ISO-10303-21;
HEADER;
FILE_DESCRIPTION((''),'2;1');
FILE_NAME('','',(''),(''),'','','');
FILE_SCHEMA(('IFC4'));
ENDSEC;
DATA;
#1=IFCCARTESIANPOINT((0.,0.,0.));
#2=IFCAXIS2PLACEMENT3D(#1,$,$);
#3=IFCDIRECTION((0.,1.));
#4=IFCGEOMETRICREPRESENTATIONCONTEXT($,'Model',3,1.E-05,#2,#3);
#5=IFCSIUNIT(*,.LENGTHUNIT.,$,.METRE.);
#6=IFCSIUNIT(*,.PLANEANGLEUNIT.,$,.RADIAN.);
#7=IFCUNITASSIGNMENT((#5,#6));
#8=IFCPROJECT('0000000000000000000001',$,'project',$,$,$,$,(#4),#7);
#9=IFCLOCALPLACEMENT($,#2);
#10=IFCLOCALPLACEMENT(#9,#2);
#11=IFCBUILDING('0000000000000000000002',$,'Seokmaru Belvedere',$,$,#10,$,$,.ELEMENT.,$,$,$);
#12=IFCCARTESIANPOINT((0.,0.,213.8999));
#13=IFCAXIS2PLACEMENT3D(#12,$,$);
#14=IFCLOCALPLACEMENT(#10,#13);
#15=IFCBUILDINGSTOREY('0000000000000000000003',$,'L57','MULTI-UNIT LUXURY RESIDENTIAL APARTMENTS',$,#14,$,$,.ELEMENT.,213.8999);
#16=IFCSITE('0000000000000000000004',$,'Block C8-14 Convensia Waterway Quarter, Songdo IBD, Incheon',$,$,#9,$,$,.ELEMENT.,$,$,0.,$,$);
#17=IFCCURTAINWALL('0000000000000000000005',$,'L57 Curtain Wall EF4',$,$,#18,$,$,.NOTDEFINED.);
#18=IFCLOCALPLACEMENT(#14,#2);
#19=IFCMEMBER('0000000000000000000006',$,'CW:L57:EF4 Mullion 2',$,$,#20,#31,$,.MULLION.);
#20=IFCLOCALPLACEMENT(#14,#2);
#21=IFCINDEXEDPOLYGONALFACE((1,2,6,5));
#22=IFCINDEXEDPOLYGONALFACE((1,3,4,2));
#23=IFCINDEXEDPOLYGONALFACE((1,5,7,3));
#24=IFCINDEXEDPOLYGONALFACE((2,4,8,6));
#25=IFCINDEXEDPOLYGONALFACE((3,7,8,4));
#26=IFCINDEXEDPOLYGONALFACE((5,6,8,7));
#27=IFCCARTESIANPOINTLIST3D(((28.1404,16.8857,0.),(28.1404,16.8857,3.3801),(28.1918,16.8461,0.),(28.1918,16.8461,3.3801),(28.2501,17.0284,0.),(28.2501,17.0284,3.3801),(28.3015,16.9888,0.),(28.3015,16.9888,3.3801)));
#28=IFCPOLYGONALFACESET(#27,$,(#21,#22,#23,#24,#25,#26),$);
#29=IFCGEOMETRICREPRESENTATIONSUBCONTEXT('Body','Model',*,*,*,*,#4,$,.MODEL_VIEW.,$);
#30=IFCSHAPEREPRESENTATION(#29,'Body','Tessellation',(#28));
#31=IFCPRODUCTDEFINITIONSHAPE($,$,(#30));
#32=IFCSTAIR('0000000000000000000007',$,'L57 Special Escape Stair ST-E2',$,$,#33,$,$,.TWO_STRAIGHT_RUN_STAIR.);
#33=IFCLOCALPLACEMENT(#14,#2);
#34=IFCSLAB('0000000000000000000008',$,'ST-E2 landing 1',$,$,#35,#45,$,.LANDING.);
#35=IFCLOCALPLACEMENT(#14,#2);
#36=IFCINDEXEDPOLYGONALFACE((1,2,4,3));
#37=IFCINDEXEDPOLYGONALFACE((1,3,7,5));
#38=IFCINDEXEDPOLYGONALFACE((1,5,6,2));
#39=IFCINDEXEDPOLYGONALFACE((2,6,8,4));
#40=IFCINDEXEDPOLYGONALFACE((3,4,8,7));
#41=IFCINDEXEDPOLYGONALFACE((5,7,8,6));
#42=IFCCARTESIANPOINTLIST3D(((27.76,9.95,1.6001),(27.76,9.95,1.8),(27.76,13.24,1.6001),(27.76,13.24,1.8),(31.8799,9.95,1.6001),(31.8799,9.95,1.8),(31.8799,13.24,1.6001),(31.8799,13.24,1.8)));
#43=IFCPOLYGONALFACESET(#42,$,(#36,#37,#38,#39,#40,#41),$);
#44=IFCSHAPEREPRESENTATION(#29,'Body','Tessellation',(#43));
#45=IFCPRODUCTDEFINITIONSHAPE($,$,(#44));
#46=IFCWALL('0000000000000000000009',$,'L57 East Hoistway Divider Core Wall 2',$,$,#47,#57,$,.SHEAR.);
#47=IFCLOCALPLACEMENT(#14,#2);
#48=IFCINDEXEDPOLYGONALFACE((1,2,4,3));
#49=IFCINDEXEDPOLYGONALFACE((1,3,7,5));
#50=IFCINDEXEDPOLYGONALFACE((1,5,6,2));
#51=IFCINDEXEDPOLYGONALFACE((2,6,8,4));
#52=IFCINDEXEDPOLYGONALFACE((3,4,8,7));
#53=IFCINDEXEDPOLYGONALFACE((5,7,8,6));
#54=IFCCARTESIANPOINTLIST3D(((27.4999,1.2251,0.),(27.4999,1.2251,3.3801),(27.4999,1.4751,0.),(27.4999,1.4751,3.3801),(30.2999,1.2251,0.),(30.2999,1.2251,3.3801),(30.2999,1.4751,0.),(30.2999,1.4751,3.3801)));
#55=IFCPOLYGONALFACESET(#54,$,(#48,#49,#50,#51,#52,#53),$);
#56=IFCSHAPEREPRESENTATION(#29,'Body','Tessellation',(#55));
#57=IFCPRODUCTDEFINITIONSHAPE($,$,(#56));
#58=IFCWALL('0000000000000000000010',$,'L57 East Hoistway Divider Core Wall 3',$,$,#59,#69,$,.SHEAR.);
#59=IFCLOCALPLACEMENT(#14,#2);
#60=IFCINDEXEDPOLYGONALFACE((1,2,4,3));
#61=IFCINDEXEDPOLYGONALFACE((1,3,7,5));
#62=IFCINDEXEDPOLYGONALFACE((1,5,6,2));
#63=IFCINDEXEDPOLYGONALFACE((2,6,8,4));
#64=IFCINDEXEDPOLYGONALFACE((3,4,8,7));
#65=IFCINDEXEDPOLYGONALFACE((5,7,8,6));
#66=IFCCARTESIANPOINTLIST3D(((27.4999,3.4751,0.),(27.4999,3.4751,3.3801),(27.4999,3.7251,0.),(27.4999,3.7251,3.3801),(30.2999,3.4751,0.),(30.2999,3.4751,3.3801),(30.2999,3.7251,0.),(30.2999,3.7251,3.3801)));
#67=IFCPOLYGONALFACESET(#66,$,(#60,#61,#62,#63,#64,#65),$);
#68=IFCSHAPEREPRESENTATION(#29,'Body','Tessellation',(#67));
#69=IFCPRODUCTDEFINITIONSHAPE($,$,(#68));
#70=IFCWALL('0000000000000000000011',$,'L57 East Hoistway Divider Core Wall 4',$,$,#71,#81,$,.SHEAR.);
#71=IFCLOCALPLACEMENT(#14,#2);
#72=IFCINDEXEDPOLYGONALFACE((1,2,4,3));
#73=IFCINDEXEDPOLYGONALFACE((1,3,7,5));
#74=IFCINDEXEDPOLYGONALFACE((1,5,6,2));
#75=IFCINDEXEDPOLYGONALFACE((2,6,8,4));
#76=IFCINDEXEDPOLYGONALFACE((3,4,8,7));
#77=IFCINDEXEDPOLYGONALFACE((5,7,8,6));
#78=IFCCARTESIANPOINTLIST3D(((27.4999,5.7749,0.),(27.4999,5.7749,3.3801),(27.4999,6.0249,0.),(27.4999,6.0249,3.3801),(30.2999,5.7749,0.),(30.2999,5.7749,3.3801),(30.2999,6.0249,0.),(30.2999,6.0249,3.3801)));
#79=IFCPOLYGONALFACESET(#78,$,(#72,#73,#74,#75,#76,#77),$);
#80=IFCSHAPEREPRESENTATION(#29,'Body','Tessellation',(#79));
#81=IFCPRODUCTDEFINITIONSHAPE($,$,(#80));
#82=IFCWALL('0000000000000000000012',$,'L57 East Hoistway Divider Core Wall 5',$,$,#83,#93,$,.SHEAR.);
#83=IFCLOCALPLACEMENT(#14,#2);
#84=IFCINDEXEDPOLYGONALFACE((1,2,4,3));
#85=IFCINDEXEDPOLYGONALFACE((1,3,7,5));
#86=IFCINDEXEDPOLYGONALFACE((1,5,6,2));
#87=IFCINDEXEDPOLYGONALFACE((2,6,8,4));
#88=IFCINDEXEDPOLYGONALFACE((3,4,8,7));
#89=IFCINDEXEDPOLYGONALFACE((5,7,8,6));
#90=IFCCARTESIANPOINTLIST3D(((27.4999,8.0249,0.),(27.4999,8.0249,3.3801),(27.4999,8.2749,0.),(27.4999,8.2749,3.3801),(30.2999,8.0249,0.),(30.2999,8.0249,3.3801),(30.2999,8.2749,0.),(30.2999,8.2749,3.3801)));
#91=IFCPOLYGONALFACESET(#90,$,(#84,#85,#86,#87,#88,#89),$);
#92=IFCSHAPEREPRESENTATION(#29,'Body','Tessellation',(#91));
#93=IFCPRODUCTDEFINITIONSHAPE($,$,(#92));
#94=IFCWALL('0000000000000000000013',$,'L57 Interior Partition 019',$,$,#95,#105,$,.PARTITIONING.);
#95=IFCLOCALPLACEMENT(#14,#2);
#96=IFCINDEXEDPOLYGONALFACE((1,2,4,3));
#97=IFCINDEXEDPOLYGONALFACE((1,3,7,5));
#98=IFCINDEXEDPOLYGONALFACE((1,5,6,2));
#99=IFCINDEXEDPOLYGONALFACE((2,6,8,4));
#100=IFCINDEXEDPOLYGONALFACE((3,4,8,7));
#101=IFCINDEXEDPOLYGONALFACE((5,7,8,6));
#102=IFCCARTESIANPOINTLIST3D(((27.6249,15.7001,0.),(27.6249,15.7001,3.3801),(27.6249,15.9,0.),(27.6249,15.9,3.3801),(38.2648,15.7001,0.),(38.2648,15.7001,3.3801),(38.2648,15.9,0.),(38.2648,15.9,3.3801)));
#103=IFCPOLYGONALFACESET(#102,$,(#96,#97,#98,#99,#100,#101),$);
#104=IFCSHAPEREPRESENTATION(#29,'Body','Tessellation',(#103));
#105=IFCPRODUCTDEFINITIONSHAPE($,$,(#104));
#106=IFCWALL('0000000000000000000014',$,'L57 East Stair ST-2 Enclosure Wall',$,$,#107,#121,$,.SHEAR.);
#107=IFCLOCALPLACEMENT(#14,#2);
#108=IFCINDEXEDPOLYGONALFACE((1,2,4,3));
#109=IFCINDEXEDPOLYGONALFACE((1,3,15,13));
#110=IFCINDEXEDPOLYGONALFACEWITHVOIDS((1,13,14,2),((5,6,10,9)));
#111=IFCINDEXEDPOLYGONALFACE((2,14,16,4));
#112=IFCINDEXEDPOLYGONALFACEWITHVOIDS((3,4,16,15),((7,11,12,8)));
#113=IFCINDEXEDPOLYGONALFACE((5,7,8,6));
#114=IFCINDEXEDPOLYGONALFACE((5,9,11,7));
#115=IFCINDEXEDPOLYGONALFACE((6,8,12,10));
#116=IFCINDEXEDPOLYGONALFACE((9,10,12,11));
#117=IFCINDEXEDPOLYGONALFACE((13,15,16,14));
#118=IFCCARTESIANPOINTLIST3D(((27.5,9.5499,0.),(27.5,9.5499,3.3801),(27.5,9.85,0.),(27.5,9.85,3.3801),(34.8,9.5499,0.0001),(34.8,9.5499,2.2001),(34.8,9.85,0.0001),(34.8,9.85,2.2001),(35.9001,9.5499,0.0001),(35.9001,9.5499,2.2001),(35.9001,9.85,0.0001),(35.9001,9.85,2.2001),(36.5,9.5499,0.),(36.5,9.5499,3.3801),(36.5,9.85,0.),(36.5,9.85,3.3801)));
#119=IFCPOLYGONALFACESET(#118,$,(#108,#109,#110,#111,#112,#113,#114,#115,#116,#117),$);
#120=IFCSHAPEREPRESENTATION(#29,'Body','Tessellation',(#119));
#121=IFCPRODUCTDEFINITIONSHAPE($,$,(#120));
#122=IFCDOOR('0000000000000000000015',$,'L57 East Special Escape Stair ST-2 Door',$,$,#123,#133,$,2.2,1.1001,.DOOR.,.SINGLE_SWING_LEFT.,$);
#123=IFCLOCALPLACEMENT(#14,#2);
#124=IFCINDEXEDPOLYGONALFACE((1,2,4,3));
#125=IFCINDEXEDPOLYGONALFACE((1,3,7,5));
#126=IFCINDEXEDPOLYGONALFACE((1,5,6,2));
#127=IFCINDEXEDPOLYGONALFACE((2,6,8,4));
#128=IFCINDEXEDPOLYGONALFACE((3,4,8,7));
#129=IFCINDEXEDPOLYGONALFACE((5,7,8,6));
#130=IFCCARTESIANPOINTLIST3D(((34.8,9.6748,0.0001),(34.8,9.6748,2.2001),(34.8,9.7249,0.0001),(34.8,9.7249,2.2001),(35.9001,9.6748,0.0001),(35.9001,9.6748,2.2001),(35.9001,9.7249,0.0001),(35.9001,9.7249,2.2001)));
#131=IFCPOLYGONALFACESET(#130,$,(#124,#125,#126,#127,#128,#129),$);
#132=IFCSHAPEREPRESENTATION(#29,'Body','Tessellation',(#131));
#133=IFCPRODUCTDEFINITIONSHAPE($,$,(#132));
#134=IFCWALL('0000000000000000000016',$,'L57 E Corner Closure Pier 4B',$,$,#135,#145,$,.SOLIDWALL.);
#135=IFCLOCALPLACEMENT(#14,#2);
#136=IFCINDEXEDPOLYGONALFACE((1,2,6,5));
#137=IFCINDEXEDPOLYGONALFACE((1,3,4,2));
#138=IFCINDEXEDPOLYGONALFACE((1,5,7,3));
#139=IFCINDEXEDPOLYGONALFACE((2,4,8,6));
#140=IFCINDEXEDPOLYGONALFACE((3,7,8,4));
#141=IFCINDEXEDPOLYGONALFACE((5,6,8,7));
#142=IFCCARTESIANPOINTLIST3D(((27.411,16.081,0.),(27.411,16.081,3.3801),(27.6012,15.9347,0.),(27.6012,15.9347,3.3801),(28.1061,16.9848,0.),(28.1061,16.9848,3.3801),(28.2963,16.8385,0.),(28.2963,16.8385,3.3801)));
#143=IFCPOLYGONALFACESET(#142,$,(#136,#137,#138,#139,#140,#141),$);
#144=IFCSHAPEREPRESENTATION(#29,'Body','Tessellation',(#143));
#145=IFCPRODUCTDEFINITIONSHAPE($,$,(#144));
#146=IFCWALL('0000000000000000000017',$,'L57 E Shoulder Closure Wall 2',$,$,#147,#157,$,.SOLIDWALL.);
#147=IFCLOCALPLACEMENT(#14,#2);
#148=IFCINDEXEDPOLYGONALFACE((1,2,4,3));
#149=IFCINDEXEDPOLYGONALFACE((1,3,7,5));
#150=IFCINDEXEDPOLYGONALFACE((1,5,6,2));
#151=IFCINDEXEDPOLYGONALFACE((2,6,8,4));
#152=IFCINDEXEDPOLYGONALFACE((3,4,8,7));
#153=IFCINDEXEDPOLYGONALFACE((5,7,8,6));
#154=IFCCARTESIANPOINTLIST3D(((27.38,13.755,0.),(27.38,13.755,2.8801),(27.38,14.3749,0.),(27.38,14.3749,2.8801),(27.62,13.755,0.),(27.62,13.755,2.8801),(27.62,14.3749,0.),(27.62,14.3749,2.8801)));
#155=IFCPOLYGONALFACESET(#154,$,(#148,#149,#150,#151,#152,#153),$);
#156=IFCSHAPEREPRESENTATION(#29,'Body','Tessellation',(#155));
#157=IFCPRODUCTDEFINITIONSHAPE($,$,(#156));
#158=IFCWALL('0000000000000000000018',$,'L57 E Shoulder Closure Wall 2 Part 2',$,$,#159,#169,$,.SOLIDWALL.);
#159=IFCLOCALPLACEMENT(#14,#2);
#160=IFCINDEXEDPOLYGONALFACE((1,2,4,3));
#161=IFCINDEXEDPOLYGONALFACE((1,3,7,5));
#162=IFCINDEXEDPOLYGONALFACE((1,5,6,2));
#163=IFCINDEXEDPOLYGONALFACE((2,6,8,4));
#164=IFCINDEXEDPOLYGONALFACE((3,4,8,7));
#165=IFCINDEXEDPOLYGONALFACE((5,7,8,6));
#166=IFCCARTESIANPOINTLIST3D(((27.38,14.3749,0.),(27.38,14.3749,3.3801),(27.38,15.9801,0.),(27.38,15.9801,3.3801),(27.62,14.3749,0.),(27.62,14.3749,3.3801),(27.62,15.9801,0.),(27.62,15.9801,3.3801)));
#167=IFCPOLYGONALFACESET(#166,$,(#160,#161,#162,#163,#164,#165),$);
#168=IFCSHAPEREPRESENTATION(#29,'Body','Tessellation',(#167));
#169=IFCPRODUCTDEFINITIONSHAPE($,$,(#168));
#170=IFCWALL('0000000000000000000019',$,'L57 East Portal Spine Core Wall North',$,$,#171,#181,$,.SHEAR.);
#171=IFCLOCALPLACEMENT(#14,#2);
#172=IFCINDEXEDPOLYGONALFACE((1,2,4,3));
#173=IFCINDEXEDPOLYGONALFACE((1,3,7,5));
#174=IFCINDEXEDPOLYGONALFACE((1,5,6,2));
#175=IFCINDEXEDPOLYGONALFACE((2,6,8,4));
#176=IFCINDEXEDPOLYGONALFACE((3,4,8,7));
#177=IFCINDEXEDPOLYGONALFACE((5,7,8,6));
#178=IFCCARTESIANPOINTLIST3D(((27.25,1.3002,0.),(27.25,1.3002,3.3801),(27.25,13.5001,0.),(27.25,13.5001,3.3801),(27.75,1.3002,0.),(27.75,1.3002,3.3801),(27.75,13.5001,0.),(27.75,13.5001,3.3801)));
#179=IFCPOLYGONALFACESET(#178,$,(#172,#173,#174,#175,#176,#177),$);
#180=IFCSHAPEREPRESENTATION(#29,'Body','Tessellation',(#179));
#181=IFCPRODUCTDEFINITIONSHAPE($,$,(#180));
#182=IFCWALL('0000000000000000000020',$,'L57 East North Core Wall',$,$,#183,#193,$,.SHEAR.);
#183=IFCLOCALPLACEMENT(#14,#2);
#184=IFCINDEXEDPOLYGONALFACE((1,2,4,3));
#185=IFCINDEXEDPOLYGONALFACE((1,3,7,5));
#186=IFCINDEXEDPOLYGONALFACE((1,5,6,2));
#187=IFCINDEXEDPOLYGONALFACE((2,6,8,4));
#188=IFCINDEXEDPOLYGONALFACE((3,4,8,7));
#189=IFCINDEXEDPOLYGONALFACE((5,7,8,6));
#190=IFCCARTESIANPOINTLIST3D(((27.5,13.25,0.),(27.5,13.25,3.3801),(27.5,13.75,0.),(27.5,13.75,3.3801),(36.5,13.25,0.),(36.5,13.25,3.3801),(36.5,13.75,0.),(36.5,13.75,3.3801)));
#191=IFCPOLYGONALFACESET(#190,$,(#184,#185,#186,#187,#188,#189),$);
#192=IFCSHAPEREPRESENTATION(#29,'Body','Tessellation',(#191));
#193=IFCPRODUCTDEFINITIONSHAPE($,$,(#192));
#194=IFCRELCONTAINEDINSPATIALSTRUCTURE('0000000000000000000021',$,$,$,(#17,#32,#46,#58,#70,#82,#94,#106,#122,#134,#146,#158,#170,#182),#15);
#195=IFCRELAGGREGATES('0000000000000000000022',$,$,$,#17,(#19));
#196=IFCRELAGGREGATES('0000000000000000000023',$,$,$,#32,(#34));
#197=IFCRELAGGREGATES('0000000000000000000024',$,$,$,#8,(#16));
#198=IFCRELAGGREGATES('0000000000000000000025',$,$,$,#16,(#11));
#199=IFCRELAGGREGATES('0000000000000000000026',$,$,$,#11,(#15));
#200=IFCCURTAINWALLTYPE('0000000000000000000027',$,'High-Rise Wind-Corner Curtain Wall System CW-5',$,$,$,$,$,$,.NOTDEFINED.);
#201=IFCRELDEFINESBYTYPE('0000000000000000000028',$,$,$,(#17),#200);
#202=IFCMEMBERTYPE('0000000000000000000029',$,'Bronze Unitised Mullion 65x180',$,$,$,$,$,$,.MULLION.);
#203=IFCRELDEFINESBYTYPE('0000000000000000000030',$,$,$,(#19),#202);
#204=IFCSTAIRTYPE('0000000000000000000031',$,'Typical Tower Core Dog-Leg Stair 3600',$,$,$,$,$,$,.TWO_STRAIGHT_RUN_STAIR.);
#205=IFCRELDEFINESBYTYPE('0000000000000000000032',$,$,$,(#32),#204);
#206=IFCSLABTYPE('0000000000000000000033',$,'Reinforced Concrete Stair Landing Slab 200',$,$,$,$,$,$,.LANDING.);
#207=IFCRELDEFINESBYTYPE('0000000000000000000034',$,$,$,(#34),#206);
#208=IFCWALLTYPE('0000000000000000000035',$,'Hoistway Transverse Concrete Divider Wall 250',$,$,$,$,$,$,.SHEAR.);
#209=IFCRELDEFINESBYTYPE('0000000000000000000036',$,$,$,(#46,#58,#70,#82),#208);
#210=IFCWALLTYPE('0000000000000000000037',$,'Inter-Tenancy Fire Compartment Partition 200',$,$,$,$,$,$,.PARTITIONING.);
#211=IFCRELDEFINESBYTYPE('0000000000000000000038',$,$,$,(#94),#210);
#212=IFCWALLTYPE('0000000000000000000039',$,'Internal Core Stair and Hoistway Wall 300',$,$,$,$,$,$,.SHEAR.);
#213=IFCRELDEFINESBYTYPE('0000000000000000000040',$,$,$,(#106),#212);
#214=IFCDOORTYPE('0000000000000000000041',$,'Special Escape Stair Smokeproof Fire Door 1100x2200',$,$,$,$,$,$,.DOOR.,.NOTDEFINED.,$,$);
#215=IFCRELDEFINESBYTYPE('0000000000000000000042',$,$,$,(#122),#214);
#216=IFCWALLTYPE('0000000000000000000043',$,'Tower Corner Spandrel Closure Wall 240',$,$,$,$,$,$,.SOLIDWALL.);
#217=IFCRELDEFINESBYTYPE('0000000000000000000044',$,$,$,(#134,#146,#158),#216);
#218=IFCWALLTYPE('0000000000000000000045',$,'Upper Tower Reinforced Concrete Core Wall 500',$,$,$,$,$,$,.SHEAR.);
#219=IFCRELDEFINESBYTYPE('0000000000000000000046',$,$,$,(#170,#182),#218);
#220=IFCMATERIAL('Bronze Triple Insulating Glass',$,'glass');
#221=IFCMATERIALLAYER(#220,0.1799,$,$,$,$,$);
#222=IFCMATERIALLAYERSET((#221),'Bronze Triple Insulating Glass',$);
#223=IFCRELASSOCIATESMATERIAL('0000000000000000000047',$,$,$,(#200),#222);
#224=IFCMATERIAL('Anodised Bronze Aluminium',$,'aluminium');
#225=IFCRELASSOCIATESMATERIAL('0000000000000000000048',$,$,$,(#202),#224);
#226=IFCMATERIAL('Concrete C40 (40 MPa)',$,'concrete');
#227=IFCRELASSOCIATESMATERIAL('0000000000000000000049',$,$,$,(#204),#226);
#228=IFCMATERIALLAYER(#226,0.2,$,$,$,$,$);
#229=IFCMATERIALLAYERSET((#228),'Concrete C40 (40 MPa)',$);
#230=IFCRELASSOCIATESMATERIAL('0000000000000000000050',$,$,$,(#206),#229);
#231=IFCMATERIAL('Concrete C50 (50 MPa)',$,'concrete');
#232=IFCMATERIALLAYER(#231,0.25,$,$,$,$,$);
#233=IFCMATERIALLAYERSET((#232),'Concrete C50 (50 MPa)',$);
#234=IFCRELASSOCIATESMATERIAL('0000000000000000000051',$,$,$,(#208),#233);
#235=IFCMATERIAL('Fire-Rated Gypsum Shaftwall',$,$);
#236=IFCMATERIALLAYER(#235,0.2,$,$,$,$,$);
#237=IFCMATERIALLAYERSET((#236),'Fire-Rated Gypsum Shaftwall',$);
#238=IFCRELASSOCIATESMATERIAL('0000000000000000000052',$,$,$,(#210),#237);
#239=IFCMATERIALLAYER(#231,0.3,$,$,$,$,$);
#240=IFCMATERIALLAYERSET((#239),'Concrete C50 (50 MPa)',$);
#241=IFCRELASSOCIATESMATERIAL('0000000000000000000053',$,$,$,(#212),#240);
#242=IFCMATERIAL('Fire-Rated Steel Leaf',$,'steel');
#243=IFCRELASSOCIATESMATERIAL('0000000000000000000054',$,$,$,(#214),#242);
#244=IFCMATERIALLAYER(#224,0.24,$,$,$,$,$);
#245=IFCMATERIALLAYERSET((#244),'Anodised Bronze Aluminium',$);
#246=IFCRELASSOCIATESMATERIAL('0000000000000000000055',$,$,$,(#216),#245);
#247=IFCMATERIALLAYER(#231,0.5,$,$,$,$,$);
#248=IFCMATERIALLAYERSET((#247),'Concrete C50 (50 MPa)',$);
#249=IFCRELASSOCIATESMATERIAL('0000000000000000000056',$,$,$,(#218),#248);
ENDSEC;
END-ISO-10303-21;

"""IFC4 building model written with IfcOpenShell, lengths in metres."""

from ifc_helpers import new_model, si_unit, direction, frame, frame_2d, origin, origin_2d, place, context, subcontext, project, spatial, polyline, rectangle, outline, extrude, source, transform, mapped, material, layer, layer_set, material_profile, profile_set, type_object, type_shapes, element, fill, aggregate, save


model = new_model("IFC4")

# Units and contexts
model_context = context("Model", 3, precision=1e-05, world=origin(), true_north=direction((0.0, 1.0)))
body_context = subcontext(model_context, "Body", "Model", "MODEL_VIEW")
ifc_project = project(units=[si_unit("LENGTHUNIT", "METRE"), si_unit("PLANEANGLEUNIT", "RADIAN")], contexts=[model_context])

# Site, building, storey
site_placement = place(None, origin())
site = spatial("IfcSite", under=ifc_project, at=site_placement, Name="Block C8-14 Convensia Waterway Quarter, Songdo IBD, Incheon", CompositionType="ELEMENT", RefElevation=0.0)
building_placement = place(site_placement, origin())
building = spatial("IfcBuilding", under=site, at=building_placement, Name="Seokmaru Belvedere", CompositionType="ELEMENT")
storey_placement = place(building_placement, frame((0.0, 0.0, 213.8999)))
storey = spatial("IfcBuildingStorey", under=building, at=storey_placement, Name="L57", Description="MULTI-UNIT LUXURY RESIDENTIAL APARTMENTS", CompositionType="ELEMENT", Elevation=213.8999)

# Curtain wall, member
ifc_material_1 = material(Name="Bronze Triple Insulating Glass", Category="glass")
ifc_layer_1 = layer(ifc_material_1, 0.1799)
ifc_layer_set_1 = layer_set([ifc_layer_1], Name="Bronze Triple Insulating Glass")
curtain_wall_type = type_object("IfcCurtainWallType", Name="High-Rise Wind-Corner Curtain Wall System CW-5", PredefinedType="NOTDEFINED", material=ifc_layer_set_1)
curtain_wall_placement = place(storey_placement, origin())
curtain_wall = element("IfcCurtainWall", 1, at=curtain_wall_placement, inside=storey, type_object=curtain_wall_type, Name="L57 Curtain Wall EF4", PredefinedType="NOTDEFINED")
ifc_material_2 = material(Name="Anodised Bronze Aluminium", Category="aluminium")
ifc_material_profile_1 = material_profile(ifc_material_2, rectangle(XDim=0.0649, YDim=0.1799, at=origin_2d()), Name="CW-M-65x180")
ifc_profile_set_1 = profile_set([ifc_material_profile_1], Name="Anodised Bronze Aluminium")
member_type = type_object("IfcMemberType", Name="Bronze Unitised Mullion 65x180", PredefinedType="MULLION", material=ifc_profile_set_1)
shared_shape_1 = source(origin(), body_context, "Body", "SweptSolid", [
    extrude(rectangle(XDim=0.0649, YDim=0.1799, at=origin_2d()), origin(), (0.0, 0.0, 1.0), 3.3801),
])
type_shapes(member_type, [shared_shape_1])
member_placement = place(storey_placement, frame((28.2209, 16.9373, 0.0), z_axis=(0.0, 0.0, 1.0), x_axis=(0.792631, -0.609701, 0.0)))
member = element("IfcMember", 2, at=member_placement, type_object=member_type, Name="CW:L57:EF4 Mullion 2", PredefinedType="MULLION", context=body_context, shape_type="MappedRepresentation", body=[
    mapped(shared_shape_1, transform((0.0, 0.0, 0.0), scale=1.0)),
])
aggregate(curtain_wall, [member])

# Stair, slab
ifc_material_3 = material(Name="Concrete C40 (40 MPa)", Category="concrete")
stair_type = type_object("IfcStairType", Name="Typical Tower Core Dog-Leg Stair 3600", PredefinedType="TWO_STRAIGHT_RUN_STAIR", material=ifc_material_3)
stair_placement = place(storey_placement, origin())
stair = element("IfcStair", 3, at=stair_placement, inside=storey, type_object=stair_type, Name="L57 Special Escape Stair ST-E2", PredefinedType="TWO_STRAIGHT_RUN_STAIR")
ifc_layer_2 = layer(ifc_material_3, 0.2)
ifc_layer_set_2 = layer_set([ifc_layer_2], Name="Concrete C40 (40 MPa)")
slab_type = type_object("IfcSlabType", Name="Reinforced Concrete Stair Landing Slab 200", PredefinedType="LANDING", material=ifc_layer_set_2)
slab_placement = place(storey_placement, frame((0.0, 0.0, 1.6001)))
slab = element("IfcSlab", 4, at=slab_placement, type_object=slab_type, Name="ST-E2 landing 1", PredefinedType="LANDING", context=body_context, shape_type="SweptSolid", body=[
    extrude(outline(polyline([(27.76, 9.95), (31.8799, 9.95), (31.8799, 13.24), (27.76, 13.24), (27.76, 9.95)])), origin(), (0.0, 0.0, 1.0), 0.2),
])
aggregate(stair, [slab])

# Walls
ifc_material_4 = material(Name="Concrete C50 (50 MPa)", Category="concrete")
ifc_layer_3 = layer(ifc_material_4, 0.25)
ifc_layer_set_3 = layer_set([ifc_layer_3], Name="Concrete C50 (50 MPa)")
wall_type_1 = type_object("IfcWallType", Name="Hoistway Transverse Concrete Divider Wall 250", PredefinedType="SHEAR", material=ifc_layer_set_3)
for number, where, z_axis, x_axis, name in (
    (5, (27.5, 1.3501, 0.0), (0.0, 0.0, 1.0), (1.0, 0.0, 0.0), "L57 East Hoistway Divider Core Wall 2"),
    (6, (27.5, 3.6001, 0.0), (0.0, 0.0, 1.0), (1.0, 0.0, 0.0), "L57 East Hoistway Divider Core Wall 3"),
    (7, (27.5, 5.8999, 0.0), (0.0, 0.0, 1.0), (1.0, 0.0, 0.0), "L57 East Hoistway Divider Core Wall 4"),
    (8, (27.5, 8.1499, 0.0), (0.0, 0.0, 1.0), (1.0, 0.0, 0.0), "L57 East Hoistway Divider Core Wall 5"),
):
    element("IfcWall", number, at=place(storey_placement, frame(where, z_axis=z_axis, x_axis=x_axis)), inside=storey, type_object=wall_type_1, Name=name, PredefinedType="SHEAR", context=body_context, shape_type="SweptSolid", body=[
        extrude(rectangle(XDim=2.8, YDim=0.25, at=frame_2d((1.3999, 0.0))), origin(), (0.0, 0.0, 1.0), 3.3801),
    ])
ifc_material_5 = material(Name="Fire-Rated Gypsum Shaftwall")
ifc_layer_4 = layer(ifc_material_5, 0.2)
ifc_layer_set_4 = layer_set([ifc_layer_4], Name="Fire-Rated Gypsum Shaftwall")
wall_type_2 = type_object("IfcWallType", Name="Inter-Tenancy Fire Compartment Partition 200", PredefinedType="PARTITIONING", material=ifc_layer_set_4)
wall_1_placement = place(storey_placement, frame((27.625, 15.8, 0.0), z_axis=(0.0, 0.0, 1.0), x_axis=(1.0, 0.0, 0.0)))
element("IfcWall", 9, at=wall_1_placement, inside=storey, type_object=wall_type_2, Name="L57 Interior Partition 019", PredefinedType="PARTITIONING", context=body_context, shape_type="SweptSolid", body=[
    extrude(rectangle(XDim=10.6399, YDim=0.2, at=frame_2d((5.3198, 0.0))), origin(), (0.0, 0.0, 1.0), 3.3801),
])

# Wall, opening, door
ifc_layer_5 = layer(ifc_material_4, 0.3)
ifc_layer_set_5 = layer_set([ifc_layer_5], Name="Concrete C50 (50 MPa)")
wall_type_3 = type_object("IfcWallType", Name="Internal Core Stair and Hoistway Wall 300", PredefinedType="SHEAR", material=ifc_layer_set_5)
wall_2_placement = place(storey_placement, frame((27.5, 9.7, 0.0), z_axis=(0.0, 0.0, 1.0), x_axis=(1.0, 0.0, 0.0)))
wall_2 = element("IfcWall", 10, at=wall_2_placement, inside=storey, type_object=wall_type_3, Name="L57 East Stair ST-2 Enclosure Wall", PredefinedType="SHEAR", context=body_context, shape_type="SweptSolid", body=[
    extrude(rectangle(XDim=9.0, YDim=0.3, at=frame_2d((4.5, 0.0))), origin(), (0.0, 0.0, 1.0), 3.3801),
])
opening_placement = place(wall_2_placement, frame((7.3, 0.0, 0.0)))
opening = element("IfcOpeningElement", 11, at=opening_placement, cuts=wall_2, PredefinedType="OPENING", context=body_context, shape_type="SweptSolid", body=[
    extrude(rectangle(XDim=1.1001, YDim=2.2, at=frame_2d((0.55, 1.1001))), frame((0.0, 0.1602, 0.0), z_axis=(0.0, -1.0, 0.0), x_axis=(1.0, 0.0, 0.0)), (0.0, 0.0, 1.0), 0.3201),
])
ifc_material_6 = material(Name="Fire-Rated Steel Leaf", Category="steel")
door_type = type_object("IfcDoorType", Name="Special Escape Stair Smokeproof Fire Door 1100x2200", OperationType="NOTDEFINED", PredefinedType="DOOR", material=ifc_material_6)
shared_shape_2 = source(origin(), body_context, "Body", "SweptSolid", [
    extrude(rectangle(XDim=1.1001, YDim=2.2, at=frame_2d((0.55, 1.1001))), frame((0.0, 0.0249, 0.0), z_axis=(0.0, -1.0, 0.0), x_axis=(1.0, 0.0, 0.0)), (0.0, 0.0, 1.0), 0.05),
])
type_shapes(door_type, [shared_shape_2])
door_placement = place(opening_placement, origin())
door = element("IfcDoor", 12, at=door_placement, inside=storey, type_object=door_type, Name="L57 East Special Escape Stair ST-2 Door", OperationType="SINGLE_SWING_LEFT", OverallHeight=2.2, OverallWidth=1.1001, PredefinedType="DOOR", context=body_context, shape_type="MappedRepresentation", body=[
    mapped(shared_shape_2, transform((0.0, 0.0, 0.0), scale=1.0)),
])
fill(opening, door)

# Walls
ifc_layer_6 = layer(ifc_material_2, 0.24)
ifc_layer_set_6 = layer_set([ifc_layer_6], Name="Anodised Bronze Aluminium")
wall_type_4 = type_object("IfcWallType", Name="Tower Corner Spandrel Closure Wall 240", PredefinedType="SOLIDWALL", material=ifc_layer_set_6)
wall_3_placement = place(storey_placement, frame((28.2012, 16.9116, 0.0), z_axis=(0.0, 0.0, 1.0), x_axis=(-0.609618, -0.792696, 0.0)))
element("IfcWall", 13, at=wall_3_placement, inside=storey, type_object=wall_type_4, Name="L57 E Corner Closure Pier 4B", PredefinedType="SOLIDWALL", context=body_context, shape_type="SweptSolid", body=[
    extrude(rectangle(XDim=1.1401, YDim=0.24, at=frame_2d((0.5701, 0.0))), origin(), (0.0, 0.0, 1.0), 3.3801),
])
wall_4_placement = place(storey_placement, frame((27.5, 13.7549, 0.0), z_axis=(0.0, 0.0, 1.0), x_axis=(0.0, 1.0, 0.0)))
element("IfcWall", 14, at=wall_4_placement, inside=storey, type_object=wall_type_4, Name="L57 E Shoulder Closure Wall 2", PredefinedType="SOLIDWALL", context=body_context, shape_type="SweptSolid", body=[
    extrude(rectangle(XDim=0.6199, YDim=0.24, at=frame_2d((0.3101, 0.0))), origin(), (0.0, 0.0, 1.0), 2.8801),
])
wall_5_placement = place(storey_placement, frame((27.5, 14.3748, 0.0), z_axis=(0.0, 0.0, 1.0), x_axis=(0.0, 1.0, 0.0)))
element("IfcWall", 15, at=wall_5_placement, inside=storey, type_object=wall_type_4, Name="L57 E Shoulder Closure Wall 2 Part 2", PredefinedType="SOLIDWALL", context=body_context, shape_type="SweptSolid", body=[
    extrude(rectangle(XDim=1.6052, YDim=0.24, at=frame_2d((0.8027, 0.0))), origin(), (0.0, 0.0, 1.0), 3.3801),
])
ifc_layer_7 = layer(ifc_material_4, 0.5)
ifc_layer_set_7 = layer_set([ifc_layer_7], Name="Concrete C50 (50 MPa)")
wall_type_5 = type_object("IfcWallType", Name="Upper Tower Reinforced Concrete Core Wall 500", PredefinedType="SHEAR", material=ifc_layer_set_7)
wall_6_placement = place(storey_placement, frame((27.5, 1.3, 0.0), z_axis=(0.0, 0.0, 1.0), x_axis=(0.0, 1.0, 0.0)))
element("IfcWall", 16, at=wall_6_placement, inside=storey, type_object=wall_type_5, Name="L57 East Portal Spine Core Wall North", PredefinedType="SHEAR", context=body_context, shape_type="SweptSolid", body=[
    extrude(rectangle(XDim=12.2, YDim=0.5, at=frame_2d((6.1001, 0.0))), origin(), (0.0, 0.0, 1.0), 3.3801),
])
wall_7_placement = place(storey_placement, frame((27.5, 13.5, 0.0), z_axis=(0.0, 0.0, 1.0), x_axis=(1.0, 0.0, 0.0)))
element("IfcWall", 17, at=wall_7_placement, inside=storey, type_object=wall_type_5, Name="L57 East North Core Wall", PredefinedType="SHEAR", context=body_context, shape_type="SweptSolid", body=[
    extrude(rectangle(XDim=9.0, YDim=0.5, at=frame_2d((4.5, 0.0))), origin(), (0.0, 0.0, 1.0), 3.3801),
])

save(model, "model.ifc")
